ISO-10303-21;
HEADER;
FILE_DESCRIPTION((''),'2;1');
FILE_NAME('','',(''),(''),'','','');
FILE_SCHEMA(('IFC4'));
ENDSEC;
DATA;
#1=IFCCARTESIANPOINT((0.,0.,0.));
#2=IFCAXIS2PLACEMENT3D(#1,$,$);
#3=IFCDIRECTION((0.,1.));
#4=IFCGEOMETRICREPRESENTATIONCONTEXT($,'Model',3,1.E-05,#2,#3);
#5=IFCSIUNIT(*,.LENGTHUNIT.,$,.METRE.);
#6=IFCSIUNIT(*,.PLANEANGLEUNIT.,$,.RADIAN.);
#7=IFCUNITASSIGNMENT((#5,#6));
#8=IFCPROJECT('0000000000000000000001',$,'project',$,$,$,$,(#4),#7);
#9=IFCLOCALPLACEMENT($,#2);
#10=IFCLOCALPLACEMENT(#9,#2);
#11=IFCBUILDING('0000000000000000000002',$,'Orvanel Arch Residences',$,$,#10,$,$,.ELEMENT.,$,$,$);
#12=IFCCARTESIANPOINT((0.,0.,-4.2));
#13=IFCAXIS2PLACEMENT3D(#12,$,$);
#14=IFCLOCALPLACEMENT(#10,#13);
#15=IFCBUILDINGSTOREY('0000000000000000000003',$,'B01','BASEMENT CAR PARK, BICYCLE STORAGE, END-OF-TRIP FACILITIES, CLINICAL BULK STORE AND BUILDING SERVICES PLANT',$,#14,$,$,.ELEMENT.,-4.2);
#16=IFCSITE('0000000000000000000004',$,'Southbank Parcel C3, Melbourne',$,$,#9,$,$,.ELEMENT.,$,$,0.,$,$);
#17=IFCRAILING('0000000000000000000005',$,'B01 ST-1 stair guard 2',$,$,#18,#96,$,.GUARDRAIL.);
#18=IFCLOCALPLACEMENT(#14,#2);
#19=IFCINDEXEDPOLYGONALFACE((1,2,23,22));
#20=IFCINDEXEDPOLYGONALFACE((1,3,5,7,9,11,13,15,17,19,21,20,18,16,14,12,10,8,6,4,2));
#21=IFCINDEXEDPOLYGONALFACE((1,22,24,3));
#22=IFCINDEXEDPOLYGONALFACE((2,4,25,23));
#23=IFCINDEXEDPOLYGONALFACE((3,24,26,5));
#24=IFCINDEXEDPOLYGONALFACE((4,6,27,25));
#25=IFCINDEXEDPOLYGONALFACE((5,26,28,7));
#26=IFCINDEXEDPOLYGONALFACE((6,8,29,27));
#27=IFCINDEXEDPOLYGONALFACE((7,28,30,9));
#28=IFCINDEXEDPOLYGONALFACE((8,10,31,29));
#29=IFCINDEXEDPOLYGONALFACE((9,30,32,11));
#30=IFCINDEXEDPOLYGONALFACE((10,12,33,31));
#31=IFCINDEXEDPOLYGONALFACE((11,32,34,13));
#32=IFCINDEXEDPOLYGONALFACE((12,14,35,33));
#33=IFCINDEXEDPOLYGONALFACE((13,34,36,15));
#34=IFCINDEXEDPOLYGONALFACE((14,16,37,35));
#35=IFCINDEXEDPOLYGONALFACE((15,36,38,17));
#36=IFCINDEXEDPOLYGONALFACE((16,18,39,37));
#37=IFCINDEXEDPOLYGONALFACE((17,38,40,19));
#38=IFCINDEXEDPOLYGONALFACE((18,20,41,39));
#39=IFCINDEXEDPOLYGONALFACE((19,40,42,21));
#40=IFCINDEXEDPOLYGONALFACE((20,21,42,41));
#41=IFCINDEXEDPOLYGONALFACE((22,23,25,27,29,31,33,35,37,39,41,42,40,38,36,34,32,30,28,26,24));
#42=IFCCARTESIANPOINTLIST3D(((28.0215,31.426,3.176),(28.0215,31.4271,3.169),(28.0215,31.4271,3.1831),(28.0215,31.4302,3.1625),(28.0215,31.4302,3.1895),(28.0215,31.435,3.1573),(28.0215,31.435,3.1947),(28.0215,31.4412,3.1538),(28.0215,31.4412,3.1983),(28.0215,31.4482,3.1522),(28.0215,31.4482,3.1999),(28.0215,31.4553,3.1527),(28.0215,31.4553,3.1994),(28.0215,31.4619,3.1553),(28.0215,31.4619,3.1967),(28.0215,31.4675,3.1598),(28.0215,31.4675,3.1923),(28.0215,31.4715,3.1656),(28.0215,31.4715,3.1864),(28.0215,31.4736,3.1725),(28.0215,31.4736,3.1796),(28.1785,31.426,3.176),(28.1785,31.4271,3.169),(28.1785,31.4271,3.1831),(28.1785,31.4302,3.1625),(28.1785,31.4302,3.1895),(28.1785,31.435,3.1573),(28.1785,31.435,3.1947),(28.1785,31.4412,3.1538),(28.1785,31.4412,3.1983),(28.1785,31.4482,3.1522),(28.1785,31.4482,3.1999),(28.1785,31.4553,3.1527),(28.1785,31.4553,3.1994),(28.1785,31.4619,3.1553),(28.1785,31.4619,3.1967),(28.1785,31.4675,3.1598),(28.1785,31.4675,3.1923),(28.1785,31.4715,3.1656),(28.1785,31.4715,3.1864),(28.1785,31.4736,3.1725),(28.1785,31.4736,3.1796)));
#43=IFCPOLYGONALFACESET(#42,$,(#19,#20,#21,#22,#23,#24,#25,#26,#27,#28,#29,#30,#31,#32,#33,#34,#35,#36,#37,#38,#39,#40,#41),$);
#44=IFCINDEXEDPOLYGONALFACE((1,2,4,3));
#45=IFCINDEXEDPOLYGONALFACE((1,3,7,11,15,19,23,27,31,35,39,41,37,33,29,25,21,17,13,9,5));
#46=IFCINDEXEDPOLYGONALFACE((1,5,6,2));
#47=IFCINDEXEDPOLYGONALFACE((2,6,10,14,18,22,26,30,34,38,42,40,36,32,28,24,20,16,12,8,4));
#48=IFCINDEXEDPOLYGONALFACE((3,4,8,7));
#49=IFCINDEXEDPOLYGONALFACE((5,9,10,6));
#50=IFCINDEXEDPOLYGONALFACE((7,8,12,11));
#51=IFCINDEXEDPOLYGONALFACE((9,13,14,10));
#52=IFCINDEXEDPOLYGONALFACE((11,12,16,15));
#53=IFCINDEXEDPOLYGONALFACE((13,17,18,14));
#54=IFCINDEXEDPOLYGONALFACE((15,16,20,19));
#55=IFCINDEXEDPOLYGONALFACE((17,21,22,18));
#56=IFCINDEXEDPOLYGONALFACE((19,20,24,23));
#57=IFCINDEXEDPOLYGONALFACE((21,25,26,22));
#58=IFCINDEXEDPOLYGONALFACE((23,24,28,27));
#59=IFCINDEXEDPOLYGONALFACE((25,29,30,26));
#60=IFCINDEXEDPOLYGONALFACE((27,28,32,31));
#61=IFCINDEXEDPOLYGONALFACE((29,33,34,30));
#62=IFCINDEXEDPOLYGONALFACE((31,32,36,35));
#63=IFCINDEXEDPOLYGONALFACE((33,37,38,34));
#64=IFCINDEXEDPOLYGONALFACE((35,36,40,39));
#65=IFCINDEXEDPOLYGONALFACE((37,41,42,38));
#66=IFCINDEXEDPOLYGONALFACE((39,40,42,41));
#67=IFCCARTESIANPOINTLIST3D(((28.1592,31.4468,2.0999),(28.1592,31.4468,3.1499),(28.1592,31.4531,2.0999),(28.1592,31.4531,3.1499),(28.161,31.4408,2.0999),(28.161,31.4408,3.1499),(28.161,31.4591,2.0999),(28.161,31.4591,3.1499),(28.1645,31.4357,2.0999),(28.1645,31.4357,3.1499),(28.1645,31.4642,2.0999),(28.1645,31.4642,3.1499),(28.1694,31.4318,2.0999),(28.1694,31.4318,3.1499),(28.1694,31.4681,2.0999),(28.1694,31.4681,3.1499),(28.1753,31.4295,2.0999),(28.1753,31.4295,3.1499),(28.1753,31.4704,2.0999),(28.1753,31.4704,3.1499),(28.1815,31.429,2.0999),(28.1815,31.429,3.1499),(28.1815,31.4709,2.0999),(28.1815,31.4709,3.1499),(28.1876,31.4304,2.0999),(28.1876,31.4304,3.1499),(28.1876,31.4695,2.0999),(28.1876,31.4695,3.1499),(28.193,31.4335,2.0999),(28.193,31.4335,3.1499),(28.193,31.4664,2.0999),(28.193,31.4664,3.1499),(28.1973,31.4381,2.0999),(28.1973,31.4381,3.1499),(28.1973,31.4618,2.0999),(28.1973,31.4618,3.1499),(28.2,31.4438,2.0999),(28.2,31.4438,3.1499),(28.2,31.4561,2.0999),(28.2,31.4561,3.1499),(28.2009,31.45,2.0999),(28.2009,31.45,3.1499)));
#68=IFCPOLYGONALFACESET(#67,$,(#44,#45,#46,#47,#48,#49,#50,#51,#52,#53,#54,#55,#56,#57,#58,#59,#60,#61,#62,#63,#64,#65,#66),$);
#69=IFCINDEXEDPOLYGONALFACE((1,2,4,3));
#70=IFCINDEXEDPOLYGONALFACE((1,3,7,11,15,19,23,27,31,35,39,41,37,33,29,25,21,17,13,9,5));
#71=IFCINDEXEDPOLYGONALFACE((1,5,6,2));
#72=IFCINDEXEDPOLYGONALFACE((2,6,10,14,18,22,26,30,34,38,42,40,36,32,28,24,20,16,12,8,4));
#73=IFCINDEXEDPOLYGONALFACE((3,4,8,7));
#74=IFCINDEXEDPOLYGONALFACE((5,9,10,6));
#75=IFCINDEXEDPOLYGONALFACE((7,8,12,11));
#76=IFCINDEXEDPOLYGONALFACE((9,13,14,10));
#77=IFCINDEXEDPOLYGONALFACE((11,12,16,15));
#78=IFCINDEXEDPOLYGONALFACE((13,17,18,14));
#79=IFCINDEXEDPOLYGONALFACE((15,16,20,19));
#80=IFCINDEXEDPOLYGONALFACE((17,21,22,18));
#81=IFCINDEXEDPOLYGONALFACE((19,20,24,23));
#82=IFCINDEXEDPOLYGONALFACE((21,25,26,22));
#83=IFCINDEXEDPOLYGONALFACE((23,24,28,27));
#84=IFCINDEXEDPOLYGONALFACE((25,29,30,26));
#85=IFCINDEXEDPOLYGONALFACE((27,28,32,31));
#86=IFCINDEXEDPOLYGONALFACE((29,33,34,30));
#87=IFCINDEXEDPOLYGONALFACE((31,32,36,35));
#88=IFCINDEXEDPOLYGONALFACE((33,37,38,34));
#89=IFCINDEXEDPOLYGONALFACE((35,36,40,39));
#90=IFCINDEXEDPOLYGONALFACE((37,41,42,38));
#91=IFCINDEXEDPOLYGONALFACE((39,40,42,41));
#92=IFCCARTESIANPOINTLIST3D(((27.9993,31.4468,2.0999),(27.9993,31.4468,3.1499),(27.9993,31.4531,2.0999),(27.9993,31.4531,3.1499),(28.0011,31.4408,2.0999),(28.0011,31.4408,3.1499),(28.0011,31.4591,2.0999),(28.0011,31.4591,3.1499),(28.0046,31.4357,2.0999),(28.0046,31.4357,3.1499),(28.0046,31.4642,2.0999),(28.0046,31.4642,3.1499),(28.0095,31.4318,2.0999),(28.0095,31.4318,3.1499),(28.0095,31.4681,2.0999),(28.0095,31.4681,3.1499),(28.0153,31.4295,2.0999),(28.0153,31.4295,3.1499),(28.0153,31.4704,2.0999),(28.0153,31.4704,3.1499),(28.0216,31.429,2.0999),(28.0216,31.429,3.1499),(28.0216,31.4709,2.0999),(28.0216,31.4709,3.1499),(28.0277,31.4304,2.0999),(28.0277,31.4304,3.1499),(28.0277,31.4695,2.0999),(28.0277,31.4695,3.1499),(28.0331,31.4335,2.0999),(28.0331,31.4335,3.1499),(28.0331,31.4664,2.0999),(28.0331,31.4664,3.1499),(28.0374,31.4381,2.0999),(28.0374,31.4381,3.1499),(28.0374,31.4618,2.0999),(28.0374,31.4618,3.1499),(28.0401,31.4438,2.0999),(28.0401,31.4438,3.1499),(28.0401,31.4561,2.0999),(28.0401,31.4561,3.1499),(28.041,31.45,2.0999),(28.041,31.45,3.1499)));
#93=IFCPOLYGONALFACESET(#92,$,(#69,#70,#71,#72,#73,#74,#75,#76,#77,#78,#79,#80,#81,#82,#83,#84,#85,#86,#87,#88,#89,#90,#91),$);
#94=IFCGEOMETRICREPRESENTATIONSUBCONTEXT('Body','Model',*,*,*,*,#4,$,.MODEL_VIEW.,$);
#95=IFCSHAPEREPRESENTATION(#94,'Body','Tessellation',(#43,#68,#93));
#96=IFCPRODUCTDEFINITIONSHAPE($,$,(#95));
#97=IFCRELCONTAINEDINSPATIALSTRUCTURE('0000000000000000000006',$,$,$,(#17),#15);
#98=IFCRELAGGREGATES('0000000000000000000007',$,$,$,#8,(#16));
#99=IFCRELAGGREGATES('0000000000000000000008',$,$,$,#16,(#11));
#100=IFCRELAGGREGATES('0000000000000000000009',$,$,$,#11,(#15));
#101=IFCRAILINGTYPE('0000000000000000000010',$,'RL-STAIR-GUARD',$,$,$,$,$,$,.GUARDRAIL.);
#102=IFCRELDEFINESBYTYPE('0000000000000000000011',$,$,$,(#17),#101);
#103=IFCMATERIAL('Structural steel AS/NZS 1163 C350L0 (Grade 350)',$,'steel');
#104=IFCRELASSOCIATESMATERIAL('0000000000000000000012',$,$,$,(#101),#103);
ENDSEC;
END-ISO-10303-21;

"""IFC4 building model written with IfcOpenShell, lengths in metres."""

from ifc_helpers import new_model, si_unit, direction, frame, origin, origin_2d, place, context, subcontext, project, spatial, circle, extrude, material, type_object, element, save


model = new_model("IFC4")

# Units and contexts
model_context = context("Model", 3, precision=1e-05, world=origin(), true_north=direction((0.0, 1.0)))
body_context = subcontext(model_context, "Body", "Model", "MODEL_VIEW")
ifc_project = project(units=[si_unit("LENGTHUNIT", "METRE"), si_unit("PLANEANGLEUNIT", "RADIAN")], contexts=[model_context])

# Site, building, storey
site_placement = place(None, origin())
site = spatial("IfcSite", under=ifc_project, at=site_placement, Name="Southbank Parcel C3, Melbourne", CompositionType="ELEMENT", RefElevation=0.0)
building_placement = place(site_placement, origin())
building = spatial("IfcBuilding", under=site, at=building_placement, Name="Orvanel Arch Residences", CompositionType="ELEMENT")
storey_placement = place(building_placement, frame((0.0, 0.0, -4.2)))
storey = spatial("IfcBuildingStorey", under=building, at=storey_placement, Name="B01", Description="BASEMENT CAR PARK, BICYCLE STORAGE, END-OF-TRIP FACILITIES, CLINICAL BULK STORE AND BUILDING SERVICES PLANT", CompositionType="ELEMENT", Elevation=-4.2)

# Railing
ifc_material_1 = material(Name="Structural steel AS/NZS 1163 C350L0 (Grade 350)", Category="steel")
railing_type_1 = type_object("IfcRailingType", Name="RL-STAIR-GUARD", PredefinedType="GUARDRAIL", material=ifc_material_1)
railing_1_placement = place(storey_placement, frame((28.1799, 31.45, 2.0999)))
element("IfcRailing", 1, at=railing_1_placement, inside=storey, type_object=railing_type_1, Name="B01 ST-1 stair guard 2", PredefinedType="GUARDRAIL", context=body_context, shape_type="SweptSolid", body=[
    extrude(circle(Radius=0.0239, at=origin_2d()), frame((-0.0015, 0.0, 1.0762), z_axis=(-1.0, 0.0, 0.0), x_axis=(0.0, -1.0, 0.0)), (0.0, 0.0, 1.0), 0.157),
    extrude(circle(Radius=0.021, at=origin_2d()), origin(), (0.0, 0.0, 1.0), 1.05),
    extrude(circle(Radius=0.021, at=origin_2d()), frame((-0.1599, 0.0, 0.0)), (0.0, 0.0, 1.0), 1.05),
])

save(model, "model.ifc")
